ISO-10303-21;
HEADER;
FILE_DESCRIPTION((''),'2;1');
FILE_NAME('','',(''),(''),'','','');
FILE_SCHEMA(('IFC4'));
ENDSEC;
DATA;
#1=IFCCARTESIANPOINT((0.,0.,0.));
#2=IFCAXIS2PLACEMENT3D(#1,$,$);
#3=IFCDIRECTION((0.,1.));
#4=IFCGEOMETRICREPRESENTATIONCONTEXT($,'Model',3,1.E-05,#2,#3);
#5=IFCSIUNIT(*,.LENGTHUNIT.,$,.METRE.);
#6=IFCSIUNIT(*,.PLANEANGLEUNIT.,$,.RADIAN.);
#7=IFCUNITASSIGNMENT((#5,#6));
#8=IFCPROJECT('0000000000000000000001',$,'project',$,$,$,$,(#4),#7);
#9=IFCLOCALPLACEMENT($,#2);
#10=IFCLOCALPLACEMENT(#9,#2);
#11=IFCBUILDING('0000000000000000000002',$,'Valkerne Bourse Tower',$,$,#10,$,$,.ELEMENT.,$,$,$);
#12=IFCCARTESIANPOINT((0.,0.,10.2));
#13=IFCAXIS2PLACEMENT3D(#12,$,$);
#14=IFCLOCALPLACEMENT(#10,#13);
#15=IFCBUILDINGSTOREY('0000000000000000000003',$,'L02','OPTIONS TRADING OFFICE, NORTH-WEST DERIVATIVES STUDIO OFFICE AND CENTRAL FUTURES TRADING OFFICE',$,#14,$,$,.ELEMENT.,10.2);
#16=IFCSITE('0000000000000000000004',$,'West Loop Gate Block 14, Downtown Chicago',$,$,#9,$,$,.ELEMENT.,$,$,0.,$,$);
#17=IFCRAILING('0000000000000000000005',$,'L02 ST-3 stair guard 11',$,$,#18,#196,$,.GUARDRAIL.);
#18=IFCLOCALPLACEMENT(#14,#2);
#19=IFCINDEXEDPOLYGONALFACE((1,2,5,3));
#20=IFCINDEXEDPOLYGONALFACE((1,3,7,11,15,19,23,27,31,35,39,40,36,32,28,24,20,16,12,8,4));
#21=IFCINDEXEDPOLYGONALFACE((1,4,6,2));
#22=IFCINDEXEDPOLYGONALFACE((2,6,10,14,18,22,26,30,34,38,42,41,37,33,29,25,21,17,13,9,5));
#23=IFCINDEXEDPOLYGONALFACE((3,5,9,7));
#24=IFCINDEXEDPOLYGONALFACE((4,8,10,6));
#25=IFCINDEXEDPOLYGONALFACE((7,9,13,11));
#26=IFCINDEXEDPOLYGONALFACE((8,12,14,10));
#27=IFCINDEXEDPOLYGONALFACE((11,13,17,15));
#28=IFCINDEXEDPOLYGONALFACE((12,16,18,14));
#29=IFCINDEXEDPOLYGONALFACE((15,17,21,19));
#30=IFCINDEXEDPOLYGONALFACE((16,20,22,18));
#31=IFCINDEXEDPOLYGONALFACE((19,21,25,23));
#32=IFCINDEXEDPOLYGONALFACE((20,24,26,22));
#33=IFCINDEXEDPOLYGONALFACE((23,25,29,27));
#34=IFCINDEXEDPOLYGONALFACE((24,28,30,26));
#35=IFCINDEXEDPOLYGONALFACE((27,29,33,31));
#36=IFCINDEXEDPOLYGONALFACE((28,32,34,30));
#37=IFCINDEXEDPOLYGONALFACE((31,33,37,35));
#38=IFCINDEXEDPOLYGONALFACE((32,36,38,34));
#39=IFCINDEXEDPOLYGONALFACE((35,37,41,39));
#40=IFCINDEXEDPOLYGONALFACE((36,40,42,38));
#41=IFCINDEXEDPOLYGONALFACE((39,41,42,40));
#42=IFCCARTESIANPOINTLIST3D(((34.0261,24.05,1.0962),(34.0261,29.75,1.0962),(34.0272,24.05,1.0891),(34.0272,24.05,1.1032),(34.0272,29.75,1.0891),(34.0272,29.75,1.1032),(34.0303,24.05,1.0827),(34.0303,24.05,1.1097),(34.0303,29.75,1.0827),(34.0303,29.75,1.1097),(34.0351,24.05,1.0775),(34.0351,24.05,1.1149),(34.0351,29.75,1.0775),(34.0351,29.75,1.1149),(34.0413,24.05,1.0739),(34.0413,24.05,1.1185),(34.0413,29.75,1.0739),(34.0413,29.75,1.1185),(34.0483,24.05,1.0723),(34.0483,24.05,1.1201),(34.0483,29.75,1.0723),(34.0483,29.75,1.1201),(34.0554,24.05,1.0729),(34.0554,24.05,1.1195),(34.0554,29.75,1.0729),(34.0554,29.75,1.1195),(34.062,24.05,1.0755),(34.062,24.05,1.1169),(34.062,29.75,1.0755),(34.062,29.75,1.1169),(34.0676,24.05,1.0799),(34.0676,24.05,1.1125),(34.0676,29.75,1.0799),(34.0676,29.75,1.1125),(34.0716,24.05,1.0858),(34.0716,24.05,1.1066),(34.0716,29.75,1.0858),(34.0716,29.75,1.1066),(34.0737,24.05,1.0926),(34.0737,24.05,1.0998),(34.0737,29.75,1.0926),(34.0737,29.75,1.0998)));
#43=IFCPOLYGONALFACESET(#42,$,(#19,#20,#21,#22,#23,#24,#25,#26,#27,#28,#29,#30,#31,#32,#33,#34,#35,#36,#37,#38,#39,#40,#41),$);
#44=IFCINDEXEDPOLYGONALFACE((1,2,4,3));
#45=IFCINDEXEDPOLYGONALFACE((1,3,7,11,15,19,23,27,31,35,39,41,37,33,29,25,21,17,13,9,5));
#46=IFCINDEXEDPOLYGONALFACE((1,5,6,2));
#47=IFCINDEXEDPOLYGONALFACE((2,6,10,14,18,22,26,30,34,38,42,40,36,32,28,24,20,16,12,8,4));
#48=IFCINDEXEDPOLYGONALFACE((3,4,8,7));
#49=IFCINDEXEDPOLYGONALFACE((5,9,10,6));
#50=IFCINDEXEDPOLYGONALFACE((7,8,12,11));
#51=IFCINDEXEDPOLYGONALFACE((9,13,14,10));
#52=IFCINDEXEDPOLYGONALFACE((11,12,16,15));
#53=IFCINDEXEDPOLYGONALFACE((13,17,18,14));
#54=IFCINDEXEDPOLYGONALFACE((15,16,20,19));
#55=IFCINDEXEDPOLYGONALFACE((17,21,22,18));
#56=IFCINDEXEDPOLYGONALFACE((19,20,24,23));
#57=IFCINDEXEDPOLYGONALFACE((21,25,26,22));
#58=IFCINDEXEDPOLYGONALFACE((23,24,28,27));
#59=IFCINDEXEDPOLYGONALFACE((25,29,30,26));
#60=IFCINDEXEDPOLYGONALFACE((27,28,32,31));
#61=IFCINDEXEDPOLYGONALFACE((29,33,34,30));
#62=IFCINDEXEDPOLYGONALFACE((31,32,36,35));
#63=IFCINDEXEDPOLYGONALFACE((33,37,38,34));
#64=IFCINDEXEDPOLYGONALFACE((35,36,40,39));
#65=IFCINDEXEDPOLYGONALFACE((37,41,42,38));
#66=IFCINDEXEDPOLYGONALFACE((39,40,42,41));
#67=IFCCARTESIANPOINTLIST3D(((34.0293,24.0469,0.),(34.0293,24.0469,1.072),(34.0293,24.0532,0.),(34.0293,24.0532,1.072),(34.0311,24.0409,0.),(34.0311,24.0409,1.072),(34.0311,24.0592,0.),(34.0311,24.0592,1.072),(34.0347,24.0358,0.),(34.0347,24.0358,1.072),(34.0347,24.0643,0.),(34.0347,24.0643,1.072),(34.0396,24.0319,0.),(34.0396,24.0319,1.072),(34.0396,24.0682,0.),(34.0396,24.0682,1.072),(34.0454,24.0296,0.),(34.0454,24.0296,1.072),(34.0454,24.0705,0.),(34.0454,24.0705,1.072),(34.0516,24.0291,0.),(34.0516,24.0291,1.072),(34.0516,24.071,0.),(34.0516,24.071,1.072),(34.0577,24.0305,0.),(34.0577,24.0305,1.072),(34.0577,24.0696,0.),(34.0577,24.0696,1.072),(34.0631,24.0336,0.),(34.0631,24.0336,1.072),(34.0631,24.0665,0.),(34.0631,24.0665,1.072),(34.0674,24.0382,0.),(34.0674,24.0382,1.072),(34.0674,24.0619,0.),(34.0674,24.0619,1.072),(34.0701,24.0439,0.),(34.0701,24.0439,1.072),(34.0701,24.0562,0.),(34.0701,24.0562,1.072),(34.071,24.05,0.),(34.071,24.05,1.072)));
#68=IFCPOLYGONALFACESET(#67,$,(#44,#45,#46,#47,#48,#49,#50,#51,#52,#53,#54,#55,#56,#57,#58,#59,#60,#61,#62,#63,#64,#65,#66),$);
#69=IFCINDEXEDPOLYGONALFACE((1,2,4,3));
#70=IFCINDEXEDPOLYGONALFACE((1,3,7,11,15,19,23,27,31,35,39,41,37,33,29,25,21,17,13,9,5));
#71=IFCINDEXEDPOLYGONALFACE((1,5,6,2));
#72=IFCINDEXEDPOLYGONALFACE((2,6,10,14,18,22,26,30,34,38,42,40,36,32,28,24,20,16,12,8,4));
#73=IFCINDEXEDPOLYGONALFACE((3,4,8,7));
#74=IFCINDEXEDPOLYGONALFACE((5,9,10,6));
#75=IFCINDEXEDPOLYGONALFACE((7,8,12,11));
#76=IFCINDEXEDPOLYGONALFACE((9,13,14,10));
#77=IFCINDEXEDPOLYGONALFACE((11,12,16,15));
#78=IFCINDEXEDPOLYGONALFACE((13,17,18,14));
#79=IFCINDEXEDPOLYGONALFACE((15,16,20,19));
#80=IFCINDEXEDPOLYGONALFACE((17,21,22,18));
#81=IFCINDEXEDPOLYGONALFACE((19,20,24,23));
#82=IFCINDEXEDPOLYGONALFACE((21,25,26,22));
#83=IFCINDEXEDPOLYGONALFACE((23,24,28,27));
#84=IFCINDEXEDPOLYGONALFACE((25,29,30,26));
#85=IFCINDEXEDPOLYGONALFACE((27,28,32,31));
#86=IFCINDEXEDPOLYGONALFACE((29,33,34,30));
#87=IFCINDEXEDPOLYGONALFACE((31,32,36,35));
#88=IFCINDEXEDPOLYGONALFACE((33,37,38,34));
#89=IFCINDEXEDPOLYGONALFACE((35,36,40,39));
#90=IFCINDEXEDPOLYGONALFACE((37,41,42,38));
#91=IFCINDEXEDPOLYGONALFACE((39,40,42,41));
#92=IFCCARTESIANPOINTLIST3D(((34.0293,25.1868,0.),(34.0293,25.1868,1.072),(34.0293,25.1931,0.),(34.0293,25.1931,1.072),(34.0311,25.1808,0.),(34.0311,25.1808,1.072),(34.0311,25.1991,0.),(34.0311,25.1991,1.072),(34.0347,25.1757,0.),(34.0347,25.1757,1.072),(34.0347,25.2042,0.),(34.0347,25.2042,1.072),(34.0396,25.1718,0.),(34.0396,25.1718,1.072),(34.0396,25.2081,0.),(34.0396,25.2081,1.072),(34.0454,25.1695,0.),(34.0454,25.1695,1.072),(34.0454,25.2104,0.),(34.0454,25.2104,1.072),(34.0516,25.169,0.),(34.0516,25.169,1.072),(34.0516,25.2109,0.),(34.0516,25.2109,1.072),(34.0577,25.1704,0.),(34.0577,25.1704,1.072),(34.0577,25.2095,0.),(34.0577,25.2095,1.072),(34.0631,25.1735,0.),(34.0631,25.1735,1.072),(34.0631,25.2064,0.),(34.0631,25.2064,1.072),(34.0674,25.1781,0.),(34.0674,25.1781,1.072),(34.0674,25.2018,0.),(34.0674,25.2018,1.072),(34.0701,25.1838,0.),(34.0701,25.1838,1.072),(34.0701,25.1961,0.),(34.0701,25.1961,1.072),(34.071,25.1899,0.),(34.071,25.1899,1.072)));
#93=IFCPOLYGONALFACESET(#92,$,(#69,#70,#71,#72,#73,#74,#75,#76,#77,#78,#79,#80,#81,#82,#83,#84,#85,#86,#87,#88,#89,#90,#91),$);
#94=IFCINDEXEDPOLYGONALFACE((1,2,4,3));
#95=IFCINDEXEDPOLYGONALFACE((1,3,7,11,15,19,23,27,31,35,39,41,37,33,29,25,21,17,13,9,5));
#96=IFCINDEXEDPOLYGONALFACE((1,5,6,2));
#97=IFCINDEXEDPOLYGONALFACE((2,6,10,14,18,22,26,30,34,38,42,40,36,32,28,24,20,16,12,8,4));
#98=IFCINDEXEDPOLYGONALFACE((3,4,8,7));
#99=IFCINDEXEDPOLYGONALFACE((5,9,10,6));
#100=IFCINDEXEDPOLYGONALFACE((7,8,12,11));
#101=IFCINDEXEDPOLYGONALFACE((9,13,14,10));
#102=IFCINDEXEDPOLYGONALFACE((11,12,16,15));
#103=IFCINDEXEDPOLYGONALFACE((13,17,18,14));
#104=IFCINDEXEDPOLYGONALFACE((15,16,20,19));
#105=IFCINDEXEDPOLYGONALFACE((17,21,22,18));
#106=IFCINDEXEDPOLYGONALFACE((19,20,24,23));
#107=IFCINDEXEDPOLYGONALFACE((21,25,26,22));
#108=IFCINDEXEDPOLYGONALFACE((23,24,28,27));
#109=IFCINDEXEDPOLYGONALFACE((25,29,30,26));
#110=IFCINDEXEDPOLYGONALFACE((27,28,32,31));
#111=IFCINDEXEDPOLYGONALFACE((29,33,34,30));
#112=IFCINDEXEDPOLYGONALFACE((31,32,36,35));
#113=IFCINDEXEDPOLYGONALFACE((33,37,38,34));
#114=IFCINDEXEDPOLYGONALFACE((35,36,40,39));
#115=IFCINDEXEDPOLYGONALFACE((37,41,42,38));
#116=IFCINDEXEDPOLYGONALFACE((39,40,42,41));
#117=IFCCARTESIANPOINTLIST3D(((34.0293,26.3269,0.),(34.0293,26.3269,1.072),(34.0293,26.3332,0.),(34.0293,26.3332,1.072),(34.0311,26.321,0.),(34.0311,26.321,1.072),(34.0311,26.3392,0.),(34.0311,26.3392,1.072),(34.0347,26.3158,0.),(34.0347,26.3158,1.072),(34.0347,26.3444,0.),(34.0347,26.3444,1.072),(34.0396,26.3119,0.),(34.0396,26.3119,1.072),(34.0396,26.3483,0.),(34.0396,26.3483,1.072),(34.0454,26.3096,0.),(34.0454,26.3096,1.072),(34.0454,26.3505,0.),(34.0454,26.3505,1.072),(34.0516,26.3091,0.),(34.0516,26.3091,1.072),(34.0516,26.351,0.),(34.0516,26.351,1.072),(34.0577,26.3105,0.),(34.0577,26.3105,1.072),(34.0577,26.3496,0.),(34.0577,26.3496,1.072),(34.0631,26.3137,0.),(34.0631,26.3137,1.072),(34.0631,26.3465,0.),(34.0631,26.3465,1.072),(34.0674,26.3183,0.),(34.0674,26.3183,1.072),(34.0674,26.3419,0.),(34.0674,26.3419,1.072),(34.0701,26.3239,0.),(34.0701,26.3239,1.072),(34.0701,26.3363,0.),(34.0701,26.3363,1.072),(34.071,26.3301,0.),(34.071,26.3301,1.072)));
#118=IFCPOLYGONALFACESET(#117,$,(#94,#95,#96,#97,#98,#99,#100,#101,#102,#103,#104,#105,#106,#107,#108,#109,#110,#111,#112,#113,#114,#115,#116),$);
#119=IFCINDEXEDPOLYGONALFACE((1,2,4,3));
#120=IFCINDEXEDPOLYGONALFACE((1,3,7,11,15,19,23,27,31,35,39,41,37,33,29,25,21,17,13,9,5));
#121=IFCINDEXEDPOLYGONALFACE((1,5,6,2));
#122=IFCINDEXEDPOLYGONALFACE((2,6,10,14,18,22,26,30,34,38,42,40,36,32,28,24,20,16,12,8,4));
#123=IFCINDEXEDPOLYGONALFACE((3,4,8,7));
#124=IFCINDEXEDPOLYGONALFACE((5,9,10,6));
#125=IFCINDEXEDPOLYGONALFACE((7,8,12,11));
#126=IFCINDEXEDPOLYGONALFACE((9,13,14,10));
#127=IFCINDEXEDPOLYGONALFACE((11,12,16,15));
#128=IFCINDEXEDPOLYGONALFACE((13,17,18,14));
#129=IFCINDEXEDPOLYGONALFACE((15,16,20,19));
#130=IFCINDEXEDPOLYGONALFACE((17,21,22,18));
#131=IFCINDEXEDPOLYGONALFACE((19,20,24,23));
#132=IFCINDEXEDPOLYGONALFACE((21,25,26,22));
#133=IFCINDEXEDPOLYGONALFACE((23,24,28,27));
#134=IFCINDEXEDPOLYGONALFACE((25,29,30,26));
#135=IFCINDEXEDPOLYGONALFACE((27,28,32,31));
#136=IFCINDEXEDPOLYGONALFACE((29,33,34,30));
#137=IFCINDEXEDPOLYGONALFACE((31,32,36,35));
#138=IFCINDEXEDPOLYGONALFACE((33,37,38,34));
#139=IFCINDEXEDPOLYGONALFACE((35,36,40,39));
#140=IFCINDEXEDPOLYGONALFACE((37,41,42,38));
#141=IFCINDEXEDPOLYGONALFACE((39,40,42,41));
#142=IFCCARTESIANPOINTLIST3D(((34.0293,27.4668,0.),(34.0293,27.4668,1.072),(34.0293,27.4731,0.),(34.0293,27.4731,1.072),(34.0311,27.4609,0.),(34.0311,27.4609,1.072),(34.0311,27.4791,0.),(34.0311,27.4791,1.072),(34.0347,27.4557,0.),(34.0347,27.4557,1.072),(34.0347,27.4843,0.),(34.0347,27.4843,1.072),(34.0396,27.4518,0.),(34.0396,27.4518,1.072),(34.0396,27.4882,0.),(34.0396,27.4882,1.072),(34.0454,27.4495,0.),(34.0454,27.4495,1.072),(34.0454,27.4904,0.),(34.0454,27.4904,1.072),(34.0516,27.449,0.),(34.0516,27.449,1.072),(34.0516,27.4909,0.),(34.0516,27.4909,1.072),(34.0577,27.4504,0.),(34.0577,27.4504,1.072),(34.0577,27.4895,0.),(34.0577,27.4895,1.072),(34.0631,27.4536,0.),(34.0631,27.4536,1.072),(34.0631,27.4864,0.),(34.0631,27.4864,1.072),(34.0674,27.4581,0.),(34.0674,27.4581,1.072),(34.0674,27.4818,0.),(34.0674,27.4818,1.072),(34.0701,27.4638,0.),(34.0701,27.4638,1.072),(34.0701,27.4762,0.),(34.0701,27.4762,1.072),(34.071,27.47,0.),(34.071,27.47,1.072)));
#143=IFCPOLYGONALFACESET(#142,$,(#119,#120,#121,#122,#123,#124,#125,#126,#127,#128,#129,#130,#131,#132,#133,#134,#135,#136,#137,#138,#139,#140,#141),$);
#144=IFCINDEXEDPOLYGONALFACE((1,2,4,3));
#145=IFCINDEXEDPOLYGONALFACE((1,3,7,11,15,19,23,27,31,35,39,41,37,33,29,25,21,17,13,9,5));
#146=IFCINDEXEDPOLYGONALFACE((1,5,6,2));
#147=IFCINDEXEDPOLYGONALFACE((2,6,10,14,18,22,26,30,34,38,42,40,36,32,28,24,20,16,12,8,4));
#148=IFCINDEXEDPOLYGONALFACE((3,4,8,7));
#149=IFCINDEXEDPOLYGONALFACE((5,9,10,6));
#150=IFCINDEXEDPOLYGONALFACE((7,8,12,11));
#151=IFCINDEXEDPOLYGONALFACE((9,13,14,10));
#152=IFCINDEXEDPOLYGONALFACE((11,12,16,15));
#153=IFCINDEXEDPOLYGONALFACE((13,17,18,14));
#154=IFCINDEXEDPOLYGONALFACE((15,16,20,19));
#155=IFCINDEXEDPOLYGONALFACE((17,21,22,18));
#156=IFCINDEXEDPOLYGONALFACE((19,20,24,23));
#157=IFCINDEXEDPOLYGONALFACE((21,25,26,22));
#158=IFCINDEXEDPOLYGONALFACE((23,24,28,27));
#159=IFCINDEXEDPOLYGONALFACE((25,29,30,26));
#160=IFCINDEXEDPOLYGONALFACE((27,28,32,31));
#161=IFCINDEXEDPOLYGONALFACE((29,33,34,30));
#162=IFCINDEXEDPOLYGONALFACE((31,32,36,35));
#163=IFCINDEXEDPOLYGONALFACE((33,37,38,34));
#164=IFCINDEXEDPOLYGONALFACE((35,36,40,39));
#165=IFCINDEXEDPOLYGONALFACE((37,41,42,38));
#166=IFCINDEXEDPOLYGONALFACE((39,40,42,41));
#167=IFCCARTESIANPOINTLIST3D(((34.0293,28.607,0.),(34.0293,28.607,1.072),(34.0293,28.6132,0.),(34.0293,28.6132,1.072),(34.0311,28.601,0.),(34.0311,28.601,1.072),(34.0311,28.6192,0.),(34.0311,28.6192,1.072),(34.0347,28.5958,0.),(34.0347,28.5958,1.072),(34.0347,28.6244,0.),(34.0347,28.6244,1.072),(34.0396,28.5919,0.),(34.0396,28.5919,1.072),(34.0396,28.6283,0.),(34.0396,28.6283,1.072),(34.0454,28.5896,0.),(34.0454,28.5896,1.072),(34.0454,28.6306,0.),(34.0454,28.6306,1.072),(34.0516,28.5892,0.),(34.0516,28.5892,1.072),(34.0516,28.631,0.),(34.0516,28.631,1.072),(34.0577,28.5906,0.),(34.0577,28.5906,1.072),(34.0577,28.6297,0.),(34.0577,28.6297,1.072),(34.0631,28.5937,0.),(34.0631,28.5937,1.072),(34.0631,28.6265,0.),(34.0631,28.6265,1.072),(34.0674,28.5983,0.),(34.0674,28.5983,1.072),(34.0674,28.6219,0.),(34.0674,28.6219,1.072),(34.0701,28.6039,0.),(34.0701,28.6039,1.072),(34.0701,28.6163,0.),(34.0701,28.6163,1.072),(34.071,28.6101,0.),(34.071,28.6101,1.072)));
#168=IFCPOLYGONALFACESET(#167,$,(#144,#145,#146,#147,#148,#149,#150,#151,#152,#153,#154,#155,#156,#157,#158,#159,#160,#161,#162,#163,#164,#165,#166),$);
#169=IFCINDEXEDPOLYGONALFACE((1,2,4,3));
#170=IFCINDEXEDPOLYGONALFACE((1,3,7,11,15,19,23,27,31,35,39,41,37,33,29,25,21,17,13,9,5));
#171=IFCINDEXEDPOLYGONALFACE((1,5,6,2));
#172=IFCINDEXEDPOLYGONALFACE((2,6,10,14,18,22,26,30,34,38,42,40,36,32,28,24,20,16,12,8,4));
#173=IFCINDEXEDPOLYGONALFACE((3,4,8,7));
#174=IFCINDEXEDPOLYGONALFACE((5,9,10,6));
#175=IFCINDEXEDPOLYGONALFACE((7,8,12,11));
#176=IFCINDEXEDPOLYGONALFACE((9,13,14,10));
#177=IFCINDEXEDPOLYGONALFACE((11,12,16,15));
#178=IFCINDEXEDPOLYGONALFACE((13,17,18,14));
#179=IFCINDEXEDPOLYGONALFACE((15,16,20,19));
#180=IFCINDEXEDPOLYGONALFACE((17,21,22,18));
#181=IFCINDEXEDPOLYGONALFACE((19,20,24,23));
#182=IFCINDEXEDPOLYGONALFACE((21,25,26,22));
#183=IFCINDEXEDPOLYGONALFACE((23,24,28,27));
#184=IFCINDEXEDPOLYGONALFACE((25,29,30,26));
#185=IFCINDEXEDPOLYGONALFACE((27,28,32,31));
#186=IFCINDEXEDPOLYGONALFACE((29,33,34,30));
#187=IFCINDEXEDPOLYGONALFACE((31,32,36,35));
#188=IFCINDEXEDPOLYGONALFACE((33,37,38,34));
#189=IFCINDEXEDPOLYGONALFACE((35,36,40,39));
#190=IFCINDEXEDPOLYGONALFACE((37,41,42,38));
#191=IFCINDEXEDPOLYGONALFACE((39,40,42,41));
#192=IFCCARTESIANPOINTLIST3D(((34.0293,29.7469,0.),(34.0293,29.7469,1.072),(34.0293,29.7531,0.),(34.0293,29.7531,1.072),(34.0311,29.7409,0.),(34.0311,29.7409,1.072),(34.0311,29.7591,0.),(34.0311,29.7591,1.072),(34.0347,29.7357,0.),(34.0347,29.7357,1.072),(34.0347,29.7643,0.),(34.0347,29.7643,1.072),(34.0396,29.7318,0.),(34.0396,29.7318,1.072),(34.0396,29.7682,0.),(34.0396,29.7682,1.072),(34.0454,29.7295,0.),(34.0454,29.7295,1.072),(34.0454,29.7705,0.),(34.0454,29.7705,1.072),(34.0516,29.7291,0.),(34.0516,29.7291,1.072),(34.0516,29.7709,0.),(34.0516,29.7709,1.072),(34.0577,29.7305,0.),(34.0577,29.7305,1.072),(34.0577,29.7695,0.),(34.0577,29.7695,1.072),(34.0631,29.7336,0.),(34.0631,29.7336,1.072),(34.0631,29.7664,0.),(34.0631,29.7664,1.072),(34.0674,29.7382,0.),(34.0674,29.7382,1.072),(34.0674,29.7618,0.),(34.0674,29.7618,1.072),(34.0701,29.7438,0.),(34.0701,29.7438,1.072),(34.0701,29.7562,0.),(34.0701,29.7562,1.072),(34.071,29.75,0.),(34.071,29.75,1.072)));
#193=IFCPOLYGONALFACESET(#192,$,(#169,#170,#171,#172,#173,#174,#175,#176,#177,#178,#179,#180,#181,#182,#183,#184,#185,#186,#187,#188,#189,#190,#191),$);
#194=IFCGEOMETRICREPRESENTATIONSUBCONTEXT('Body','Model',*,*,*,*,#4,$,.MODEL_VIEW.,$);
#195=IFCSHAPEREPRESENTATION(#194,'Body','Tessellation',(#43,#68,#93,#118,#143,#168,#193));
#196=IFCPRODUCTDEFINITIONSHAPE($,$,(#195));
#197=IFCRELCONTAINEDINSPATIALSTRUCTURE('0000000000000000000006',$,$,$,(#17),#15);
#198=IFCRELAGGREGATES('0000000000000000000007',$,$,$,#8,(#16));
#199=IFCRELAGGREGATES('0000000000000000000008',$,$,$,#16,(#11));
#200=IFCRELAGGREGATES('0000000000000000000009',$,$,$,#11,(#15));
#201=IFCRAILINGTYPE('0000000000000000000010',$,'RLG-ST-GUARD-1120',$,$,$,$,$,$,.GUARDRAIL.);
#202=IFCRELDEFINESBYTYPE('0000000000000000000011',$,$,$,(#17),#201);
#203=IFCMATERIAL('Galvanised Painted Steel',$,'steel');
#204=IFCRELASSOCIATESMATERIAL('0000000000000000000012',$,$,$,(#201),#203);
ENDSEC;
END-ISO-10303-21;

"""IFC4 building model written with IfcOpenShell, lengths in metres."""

from ifc_helpers import new_model, si_unit, direction, frame, origin, origin_2d, place, context, subcontext, project, spatial, circle, extrude, material, type_object, element, save


model = new_model("IFC4")

# Units and contexts
model_context = context("Model", 3, precision=1e-05, world=origin(), true_north=direction((0.0, 1.0)))
body_context = subcontext(model_context, "Body", "Model", "MODEL_VIEW")
ifc_project = project(units=[si_unit("LENGTHUNIT", "METRE"), si_unit("PLANEANGLEUNIT", "RADIAN")], contexts=[model_context])

# Site, building, storey
site_placement = place(None, origin())
site = spatial("IfcSite", under=ifc_project, at=site_placement, Name="West Loop Gate Block 14, Downtown Chicago", CompositionType="ELEMENT", RefElevation=0.0)
building_placement = place(site_placement, origin())
building = spatial("IfcBuilding", under=site, at=building_placement, Name="Valkerne Bourse Tower", CompositionType="ELEMENT")
storey_placement = place(building_placement, frame((0.0, 0.0, 10.2)))
storey = spatial("IfcBuildingStorey", under=building, at=storey_placement, Name="L02", Description="OPTIONS TRADING OFFICE, NORTH-WEST DERIVATIVES STUDIO OFFICE AND CENTRAL FUTURES TRADING OFFICE", CompositionType="ELEMENT", Elevation=10.2)

# Shared definitions
ifc_material_1 = material(Name="Galvanised Painted Steel", Category="steel")

# Railing
railing_type_1 = type_object("IfcRailingType", Name="RLG-ST-GUARD-1120", PredefinedType="GUARDRAIL", material=ifc_material_1)
for number, where, name in (
    (1, (34.05, 24.05, 0.0), "L02 ST-3 stair guard 11"),
):
    element("IfcRailing", number, at=place(storey_placement, frame(where)), inside=storey, type_object=railing_type_1, Name=name, PredefinedType="GUARDRAIL", context=body_context, shape_type="SweptSolid", body=[
        extrude(circle(Radius=0.0239, at=origin_2d()), frame((0.0, 0.0, 1.0962), z_axis=(0.0, 1.0, 0.0), x_axis=(-1.0, 0.0, 0.0)), (0.0, 0.0, 1.0), 5.7),
        extrude(circle(Radius=0.021, at=origin_2d()), origin(), (0.0, 0.0, 1.0), 1.072),
        extrude(circle(Radius=0.021, at=origin_2d()), frame((0.0, 1.1399, 0.0)), (0.0, 0.0, 1.0), 1.072),
        extrude(circle(Radius=0.021, at=origin_2d()), frame((0.0, 2.28, 0.0)), (0.0, 0.0, 1.0), 1.072),
        extrude(circle(Radius=0.021, at=origin_2d()), frame((0.0, 3.4199, 0.0)), (0.0, 0.0, 1.0), 1.072),
        extrude(circle(Radius=0.021, at=origin_2d()), frame((0.0, 4.5601, 0.0)), (0.0, 0.0, 1.0), 1.072),
        extrude(circle(Radius=0.021, at=origin_2d()), frame((0.0, 5.7, 0.0)), (0.0, 0.0, 1.0), 1.072),
    ])

save(model, "model.ifc")
